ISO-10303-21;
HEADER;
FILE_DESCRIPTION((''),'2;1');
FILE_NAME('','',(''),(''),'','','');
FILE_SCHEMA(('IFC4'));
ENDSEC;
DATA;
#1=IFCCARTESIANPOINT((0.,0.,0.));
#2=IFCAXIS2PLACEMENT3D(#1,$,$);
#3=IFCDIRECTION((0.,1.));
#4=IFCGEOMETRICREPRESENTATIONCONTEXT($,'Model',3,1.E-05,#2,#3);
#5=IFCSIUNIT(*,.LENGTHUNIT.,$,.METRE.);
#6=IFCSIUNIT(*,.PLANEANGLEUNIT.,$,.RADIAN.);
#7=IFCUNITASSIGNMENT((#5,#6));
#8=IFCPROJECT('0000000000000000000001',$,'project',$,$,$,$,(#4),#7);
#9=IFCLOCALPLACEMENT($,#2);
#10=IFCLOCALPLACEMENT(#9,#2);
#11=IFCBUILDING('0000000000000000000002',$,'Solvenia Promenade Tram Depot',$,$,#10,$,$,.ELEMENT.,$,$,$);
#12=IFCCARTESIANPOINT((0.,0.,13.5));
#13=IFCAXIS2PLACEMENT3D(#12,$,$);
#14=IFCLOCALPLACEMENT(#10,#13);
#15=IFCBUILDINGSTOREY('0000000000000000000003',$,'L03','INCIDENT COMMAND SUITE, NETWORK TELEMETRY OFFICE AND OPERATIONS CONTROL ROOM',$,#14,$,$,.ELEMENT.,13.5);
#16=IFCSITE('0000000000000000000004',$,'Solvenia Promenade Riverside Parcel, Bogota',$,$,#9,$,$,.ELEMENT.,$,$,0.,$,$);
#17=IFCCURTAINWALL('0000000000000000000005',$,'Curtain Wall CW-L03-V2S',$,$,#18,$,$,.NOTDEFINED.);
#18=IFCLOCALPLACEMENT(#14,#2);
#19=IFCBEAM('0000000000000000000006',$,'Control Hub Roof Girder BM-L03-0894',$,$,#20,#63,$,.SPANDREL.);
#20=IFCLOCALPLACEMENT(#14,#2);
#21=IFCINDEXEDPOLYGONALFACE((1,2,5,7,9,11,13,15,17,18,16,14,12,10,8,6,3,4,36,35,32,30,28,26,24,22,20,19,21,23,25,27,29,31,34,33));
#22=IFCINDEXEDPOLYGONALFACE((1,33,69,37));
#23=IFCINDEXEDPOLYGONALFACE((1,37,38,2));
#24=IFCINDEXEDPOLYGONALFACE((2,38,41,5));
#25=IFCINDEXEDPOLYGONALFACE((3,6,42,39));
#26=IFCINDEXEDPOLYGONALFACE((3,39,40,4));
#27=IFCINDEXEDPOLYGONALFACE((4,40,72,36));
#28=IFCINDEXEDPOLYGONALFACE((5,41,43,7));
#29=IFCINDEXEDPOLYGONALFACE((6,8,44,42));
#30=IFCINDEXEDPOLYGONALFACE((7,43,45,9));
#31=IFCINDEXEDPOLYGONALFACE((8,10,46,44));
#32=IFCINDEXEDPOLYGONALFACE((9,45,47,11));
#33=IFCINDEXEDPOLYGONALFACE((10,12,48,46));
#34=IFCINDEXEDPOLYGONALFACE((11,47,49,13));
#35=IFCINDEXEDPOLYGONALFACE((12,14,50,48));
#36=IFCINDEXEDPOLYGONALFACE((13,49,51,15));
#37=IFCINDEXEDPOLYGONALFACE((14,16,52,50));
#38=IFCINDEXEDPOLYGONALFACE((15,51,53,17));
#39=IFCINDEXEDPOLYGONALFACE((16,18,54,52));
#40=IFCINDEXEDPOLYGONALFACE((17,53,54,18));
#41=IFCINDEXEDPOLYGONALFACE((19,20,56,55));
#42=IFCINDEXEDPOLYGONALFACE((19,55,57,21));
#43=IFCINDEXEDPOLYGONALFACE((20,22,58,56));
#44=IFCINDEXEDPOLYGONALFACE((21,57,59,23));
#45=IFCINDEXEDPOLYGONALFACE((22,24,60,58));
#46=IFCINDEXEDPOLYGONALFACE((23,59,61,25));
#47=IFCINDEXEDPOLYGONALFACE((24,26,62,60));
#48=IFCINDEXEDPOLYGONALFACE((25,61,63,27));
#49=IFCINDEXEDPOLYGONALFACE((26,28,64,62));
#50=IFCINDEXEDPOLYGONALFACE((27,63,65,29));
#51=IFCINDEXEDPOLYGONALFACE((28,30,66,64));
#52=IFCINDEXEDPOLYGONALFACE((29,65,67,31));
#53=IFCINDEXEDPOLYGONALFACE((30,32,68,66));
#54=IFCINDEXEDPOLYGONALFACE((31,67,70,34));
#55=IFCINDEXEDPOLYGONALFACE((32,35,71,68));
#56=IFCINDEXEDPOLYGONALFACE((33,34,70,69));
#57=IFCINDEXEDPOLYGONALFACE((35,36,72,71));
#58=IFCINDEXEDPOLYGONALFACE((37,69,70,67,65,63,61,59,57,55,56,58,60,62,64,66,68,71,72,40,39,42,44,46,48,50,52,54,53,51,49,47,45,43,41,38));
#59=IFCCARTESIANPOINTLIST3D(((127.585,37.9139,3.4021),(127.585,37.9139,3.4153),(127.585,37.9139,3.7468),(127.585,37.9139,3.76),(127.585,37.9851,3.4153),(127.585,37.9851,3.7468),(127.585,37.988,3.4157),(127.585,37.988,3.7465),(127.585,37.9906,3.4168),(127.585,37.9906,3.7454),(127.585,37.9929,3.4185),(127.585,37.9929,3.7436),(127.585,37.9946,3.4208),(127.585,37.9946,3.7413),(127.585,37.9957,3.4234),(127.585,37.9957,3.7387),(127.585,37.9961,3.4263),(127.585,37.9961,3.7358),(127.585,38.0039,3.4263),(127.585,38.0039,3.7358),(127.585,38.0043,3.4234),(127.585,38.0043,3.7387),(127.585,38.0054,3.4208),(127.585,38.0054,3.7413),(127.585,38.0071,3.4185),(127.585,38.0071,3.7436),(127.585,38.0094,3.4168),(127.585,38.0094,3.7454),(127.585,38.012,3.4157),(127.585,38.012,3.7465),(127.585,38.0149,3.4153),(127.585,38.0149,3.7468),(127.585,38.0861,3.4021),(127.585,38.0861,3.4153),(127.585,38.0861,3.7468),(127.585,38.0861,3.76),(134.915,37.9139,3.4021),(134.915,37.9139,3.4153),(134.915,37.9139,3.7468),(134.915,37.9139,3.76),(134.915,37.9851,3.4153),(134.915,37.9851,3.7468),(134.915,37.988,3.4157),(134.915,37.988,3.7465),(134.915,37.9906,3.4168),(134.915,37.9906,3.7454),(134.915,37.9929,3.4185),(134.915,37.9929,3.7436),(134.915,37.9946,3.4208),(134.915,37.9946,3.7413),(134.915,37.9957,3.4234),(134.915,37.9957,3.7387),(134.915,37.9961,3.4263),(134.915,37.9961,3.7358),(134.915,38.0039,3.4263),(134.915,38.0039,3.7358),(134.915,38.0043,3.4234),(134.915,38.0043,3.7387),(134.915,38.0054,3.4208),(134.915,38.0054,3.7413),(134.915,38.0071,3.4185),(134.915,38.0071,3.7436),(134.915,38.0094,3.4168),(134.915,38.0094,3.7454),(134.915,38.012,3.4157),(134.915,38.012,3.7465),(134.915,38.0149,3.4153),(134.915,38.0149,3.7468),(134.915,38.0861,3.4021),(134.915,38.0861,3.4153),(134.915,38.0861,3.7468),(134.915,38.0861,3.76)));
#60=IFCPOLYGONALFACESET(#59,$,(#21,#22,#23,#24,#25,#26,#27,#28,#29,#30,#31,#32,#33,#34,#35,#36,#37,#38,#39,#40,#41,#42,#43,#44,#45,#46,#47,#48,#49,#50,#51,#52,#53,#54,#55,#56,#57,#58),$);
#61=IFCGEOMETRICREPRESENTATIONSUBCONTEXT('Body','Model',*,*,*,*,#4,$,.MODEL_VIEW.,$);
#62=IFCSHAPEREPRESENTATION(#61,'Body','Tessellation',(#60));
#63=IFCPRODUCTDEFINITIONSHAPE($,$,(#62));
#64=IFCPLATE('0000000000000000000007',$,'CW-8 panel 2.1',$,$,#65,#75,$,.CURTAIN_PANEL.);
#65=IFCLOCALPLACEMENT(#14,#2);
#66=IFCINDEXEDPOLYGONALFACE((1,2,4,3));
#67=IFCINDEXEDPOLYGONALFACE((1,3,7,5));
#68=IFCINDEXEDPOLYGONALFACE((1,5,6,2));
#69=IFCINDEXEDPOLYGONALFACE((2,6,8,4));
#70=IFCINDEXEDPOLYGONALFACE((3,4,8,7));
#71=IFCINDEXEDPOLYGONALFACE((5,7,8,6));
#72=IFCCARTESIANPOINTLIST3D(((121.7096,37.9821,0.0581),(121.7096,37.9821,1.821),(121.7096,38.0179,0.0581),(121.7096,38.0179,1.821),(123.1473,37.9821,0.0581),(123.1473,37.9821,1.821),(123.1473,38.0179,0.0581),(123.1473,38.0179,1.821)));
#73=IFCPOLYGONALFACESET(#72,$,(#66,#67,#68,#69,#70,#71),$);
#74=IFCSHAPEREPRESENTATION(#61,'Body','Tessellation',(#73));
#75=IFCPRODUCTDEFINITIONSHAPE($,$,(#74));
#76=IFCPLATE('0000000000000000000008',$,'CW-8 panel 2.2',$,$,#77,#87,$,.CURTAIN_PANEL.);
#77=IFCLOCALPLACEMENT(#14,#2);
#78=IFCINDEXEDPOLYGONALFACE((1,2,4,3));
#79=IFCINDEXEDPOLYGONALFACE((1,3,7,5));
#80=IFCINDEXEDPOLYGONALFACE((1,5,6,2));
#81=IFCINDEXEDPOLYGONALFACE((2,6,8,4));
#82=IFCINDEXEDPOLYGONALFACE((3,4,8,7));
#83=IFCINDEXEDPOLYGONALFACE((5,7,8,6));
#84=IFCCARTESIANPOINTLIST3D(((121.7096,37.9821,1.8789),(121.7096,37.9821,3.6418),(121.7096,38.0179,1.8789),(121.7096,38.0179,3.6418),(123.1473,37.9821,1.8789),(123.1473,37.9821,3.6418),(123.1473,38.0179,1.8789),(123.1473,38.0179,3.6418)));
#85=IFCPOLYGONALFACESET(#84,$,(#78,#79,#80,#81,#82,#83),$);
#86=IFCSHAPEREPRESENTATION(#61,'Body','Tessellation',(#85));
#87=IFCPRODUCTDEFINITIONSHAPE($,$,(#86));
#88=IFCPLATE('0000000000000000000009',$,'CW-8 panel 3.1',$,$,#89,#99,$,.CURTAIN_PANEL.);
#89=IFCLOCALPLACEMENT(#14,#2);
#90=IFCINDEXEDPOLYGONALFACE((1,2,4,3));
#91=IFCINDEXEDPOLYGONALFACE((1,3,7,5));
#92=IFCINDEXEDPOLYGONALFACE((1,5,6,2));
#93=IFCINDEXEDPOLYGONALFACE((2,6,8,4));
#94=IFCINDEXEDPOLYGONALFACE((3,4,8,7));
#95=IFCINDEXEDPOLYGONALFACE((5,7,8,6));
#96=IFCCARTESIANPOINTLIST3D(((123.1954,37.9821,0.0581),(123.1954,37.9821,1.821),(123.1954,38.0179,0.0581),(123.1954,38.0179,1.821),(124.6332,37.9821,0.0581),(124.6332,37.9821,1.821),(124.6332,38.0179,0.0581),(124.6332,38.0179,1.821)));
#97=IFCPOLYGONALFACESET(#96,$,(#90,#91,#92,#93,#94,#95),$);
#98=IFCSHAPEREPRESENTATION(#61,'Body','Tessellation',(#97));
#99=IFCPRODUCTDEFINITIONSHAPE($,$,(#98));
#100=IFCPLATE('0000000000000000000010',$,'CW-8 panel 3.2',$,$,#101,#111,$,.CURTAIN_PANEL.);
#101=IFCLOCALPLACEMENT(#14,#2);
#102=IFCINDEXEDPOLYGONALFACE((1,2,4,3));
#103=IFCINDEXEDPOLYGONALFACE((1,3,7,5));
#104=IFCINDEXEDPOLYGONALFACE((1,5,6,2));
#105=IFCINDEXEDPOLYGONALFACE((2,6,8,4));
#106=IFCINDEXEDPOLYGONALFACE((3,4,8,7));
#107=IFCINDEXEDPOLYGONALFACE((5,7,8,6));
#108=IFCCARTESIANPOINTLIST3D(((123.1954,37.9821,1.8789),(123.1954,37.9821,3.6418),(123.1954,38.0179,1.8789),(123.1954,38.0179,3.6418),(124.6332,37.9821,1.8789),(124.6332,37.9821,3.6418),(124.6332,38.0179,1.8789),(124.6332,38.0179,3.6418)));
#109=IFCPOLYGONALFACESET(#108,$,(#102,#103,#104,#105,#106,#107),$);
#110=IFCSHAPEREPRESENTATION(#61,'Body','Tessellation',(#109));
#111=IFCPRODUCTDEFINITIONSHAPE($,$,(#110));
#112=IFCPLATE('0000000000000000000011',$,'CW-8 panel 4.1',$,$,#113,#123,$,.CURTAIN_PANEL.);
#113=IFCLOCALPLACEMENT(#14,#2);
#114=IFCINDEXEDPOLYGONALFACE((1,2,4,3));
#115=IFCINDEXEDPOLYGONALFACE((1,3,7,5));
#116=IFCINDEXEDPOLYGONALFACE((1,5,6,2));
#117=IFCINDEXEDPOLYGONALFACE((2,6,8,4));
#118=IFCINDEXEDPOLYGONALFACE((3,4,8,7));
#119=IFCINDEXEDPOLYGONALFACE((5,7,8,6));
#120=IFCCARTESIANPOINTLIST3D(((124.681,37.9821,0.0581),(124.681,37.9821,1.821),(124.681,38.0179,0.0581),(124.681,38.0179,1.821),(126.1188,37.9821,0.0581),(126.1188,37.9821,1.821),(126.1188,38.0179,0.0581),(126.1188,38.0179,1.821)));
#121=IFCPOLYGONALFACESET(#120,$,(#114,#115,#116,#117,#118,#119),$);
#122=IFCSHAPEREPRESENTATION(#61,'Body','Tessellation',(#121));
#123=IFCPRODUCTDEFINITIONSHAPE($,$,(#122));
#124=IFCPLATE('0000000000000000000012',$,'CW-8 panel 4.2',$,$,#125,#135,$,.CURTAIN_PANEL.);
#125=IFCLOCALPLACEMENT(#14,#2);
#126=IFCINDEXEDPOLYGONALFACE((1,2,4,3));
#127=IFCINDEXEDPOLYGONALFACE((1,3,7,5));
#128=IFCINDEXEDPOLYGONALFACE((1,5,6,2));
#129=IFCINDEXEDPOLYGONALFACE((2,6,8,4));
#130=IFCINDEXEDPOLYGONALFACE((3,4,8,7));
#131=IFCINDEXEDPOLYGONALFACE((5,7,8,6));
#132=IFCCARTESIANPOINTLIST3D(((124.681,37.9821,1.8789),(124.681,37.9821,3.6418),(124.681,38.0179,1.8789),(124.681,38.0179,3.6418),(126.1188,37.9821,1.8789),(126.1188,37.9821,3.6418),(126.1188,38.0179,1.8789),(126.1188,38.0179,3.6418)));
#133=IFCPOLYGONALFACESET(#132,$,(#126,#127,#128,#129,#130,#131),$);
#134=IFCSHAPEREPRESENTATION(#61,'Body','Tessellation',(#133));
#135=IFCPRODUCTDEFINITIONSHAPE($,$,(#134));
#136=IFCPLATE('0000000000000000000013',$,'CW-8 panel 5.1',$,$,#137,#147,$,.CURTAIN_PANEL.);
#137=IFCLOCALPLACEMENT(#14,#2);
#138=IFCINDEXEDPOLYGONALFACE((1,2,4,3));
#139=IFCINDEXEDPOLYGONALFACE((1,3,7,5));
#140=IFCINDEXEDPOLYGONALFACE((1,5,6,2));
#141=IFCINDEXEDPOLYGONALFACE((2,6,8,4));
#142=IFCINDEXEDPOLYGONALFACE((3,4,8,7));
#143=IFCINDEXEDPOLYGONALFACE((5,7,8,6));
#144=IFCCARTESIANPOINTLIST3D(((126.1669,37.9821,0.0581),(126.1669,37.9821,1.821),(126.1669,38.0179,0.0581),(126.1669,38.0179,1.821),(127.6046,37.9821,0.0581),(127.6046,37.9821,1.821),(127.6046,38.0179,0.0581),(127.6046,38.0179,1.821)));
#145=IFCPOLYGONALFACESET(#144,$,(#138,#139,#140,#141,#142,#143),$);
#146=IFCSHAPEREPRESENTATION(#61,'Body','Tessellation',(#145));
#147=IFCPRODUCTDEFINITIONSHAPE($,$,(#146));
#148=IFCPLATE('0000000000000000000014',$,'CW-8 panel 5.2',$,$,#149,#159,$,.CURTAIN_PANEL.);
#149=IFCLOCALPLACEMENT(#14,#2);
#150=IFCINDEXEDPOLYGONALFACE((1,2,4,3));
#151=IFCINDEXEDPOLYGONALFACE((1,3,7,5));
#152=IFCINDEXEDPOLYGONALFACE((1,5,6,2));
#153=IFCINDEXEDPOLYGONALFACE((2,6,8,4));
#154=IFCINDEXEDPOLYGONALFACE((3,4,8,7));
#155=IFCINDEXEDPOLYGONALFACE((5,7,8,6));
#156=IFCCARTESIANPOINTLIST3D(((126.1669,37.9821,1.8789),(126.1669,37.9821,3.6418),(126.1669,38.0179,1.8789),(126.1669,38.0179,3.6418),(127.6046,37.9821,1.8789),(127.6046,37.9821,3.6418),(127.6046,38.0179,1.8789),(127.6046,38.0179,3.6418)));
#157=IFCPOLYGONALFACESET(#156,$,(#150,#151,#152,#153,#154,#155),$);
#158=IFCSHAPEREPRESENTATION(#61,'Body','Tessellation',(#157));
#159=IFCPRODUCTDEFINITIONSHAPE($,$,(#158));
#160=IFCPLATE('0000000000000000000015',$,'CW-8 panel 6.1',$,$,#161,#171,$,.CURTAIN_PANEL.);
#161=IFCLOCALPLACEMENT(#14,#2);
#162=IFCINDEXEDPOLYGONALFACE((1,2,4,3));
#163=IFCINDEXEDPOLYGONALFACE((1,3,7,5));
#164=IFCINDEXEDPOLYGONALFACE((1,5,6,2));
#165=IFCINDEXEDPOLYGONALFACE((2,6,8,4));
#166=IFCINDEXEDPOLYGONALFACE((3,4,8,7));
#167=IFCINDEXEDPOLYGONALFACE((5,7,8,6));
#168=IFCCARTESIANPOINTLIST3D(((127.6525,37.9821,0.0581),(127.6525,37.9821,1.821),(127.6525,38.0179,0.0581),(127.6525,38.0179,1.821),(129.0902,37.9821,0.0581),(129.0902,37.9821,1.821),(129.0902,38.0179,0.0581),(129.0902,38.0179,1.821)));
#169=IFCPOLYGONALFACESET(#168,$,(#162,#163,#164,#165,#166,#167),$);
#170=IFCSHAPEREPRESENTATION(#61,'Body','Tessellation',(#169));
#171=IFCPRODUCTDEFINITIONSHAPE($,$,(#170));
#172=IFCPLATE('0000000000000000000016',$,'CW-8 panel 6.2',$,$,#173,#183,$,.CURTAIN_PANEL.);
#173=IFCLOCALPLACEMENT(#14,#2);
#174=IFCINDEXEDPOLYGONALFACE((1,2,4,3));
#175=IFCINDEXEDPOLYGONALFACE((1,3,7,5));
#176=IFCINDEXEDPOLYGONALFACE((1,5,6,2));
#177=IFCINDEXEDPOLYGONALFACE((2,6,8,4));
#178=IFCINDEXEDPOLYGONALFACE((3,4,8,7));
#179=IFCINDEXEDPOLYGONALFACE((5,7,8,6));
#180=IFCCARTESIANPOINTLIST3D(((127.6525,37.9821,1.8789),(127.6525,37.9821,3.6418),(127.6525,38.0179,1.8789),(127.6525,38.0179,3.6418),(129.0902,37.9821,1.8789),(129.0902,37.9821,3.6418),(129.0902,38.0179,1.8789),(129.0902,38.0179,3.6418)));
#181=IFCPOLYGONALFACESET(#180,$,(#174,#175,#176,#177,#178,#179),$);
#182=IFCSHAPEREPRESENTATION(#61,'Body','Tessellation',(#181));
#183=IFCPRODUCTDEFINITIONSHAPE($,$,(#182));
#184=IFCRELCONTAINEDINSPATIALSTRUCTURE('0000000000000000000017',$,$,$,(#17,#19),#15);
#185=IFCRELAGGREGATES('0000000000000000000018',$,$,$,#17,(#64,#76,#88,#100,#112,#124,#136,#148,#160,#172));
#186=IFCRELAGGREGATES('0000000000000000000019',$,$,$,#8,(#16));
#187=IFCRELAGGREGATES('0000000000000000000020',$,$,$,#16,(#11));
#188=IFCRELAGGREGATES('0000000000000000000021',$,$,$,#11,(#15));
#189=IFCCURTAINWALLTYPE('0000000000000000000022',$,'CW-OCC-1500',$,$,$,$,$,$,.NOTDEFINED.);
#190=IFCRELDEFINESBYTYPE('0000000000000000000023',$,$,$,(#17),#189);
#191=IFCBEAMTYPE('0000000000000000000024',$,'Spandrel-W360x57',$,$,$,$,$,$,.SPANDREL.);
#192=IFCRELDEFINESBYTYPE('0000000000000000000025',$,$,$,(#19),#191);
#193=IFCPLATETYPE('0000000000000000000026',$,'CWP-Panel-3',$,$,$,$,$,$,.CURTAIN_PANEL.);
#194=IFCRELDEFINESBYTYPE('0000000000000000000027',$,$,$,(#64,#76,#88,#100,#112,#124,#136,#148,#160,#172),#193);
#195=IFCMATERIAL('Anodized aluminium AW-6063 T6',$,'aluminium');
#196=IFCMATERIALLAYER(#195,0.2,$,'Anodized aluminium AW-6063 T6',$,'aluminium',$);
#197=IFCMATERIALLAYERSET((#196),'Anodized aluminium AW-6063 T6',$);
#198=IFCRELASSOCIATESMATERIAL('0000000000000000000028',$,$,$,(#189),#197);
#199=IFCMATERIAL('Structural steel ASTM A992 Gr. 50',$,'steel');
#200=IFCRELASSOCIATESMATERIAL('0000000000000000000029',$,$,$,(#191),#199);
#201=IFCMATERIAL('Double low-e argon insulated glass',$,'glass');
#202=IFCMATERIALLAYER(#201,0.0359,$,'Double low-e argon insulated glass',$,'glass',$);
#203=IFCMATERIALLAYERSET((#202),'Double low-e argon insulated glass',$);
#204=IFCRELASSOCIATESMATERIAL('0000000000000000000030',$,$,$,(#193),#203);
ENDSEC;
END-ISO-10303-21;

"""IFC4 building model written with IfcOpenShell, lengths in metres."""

from ifc_helpers import new_model, si_unit, direction, frame, origin, origin_2d, place, context, subcontext, project, spatial, rectangle, i_section, extrude, material, layer, layer_set, material_profile, profile_set, type_object, element, aggregate, save


model = new_model("IFC4")

# Units and contexts
model_context = context("Model", 3, precision=1e-05, world=origin(), true_north=direction((0.0, 1.0)))
body_context = subcontext(model_context, "Body", "Model", "MODEL_VIEW")
ifc_project = project(units=[si_unit("LENGTHUNIT", "METRE"), si_unit("PLANEANGLEUNIT", "RADIAN")], contexts=[model_context])

# Site, building, storey
site_placement = place(None, origin())
site = spatial("IfcSite", under=ifc_project, at=site_placement, Name="Solvenia Promenade Riverside Parcel, Bogota", CompositionType="ELEMENT", RefElevation=0.0)
building_placement = place(site_placement, origin())
building = spatial("IfcBuilding", under=site, at=building_placement, Name="Solvenia Promenade Tram Depot", CompositionType="ELEMENT")
storey_placement = place(building_placement, frame((0.0, 0.0, 13.5)))
storey = spatial("IfcBuildingStorey", under=building, at=storey_placement, Name="L03", Description="INCIDENT COMMAND SUITE, NETWORK TELEMETRY OFFICE AND OPERATIONS CONTROL ROOM", CompositionType="ELEMENT", Elevation=13.5)

# Shared definitions
ifc_material_1 = material(Name="Structural steel ASTM A992 Gr. 50", Category="steel")

# Curtain wall
ifc_material_2 = material(Name="Anodized aluminium AW-6063 T6", Category="aluminium")
ifc_layer_1 = layer(ifc_material_2, 0.2, Name="Anodized aluminium AW-6063 T6", Category="aluminium")
ifc_layer_set_1 = layer_set([ifc_layer_1], Name="Anodized aluminium AW-6063 T6")
curtain_wall_type = type_object("IfcCurtainWallType", Name="CW-OCC-1500", PredefinedType="NOTDEFINED", material=ifc_layer_set_1)
curtain_wall_placement = place(storey_placement, origin())
curtain_wall = element("IfcCurtainWall", 1, at=curtain_wall_placement, inside=storey, type_object=curtain_wall_type, Name="Curtain Wall CW-L03-V2S", PredefinedType="NOTDEFINED")

# Beam
ifc_material_profile_1 = material_profile(ifc_material_1, i_section(OverallWidth=0.1721, OverallDepth=0.3579, WebThickness=0.0078, FlangeThickness=0.0132, FilletRadius=0.011, at=origin_2d()), Name="W360x57", Category="steel")
ifc_profile_set_1 = profile_set([ifc_material_profile_1], Name="Structural steel ASTM A992 Gr. 50")
beam_type_1 = type_object("IfcBeamType", Name="Spandrel-W360x57", PredefinedType="SPANDREL", material=ifc_profile_set_1)
for number, where, z_axis, x_axis, name in (
    (2, (127.585, 38.0, 3.5811), (1.0, 0.0, 0.0), (0.0, 1.0, 0.0), "Control Hub Roof Girder BM-L03-0894"),
):
    element("IfcBeam", number, at=place(storey_placement, frame(where, z_axis=z_axis, x_axis=x_axis)), inside=storey, type_object=beam_type_1, Name=name, PredefinedType="SPANDREL", context=body_context, shape_type="SweptSolid", body=[
        extrude(i_section(OverallWidth=0.1721, OverallDepth=0.3579, WebThickness=0.0078, FlangeThickness=0.0132, FilletRadius=0.011, at=origin_2d()), origin(), (0.0, 0.0, 1.0), 7.3301),
    ])

# Plates
ifc_material_3 = material(Name="Double low-e argon insulated glass", Category="glass")
ifc_layer_2 = layer(ifc_material_3, 0.0359, Name="Double low-e argon insulated glass", Category="glass")
ifc_layer_set_2 = layer_set([ifc_layer_2], Name="Double low-e argon insulated glass")
plate_type = type_object("IfcPlateType", Name="CWP-Panel-3", PredefinedType="CURTAIN_PANEL", material=ifc_layer_set_2)
plate_1_placement = place(storey_placement, frame((122.4285, 38.0, 0.0581), z_axis=(0.0, 0.0, 1.0), x_axis=(1.0, 0.0, 0.0)))
plate_1 = element("IfcPlate", 3, at=plate_1_placement, type_object=plate_type, Name="CW-8 panel 2.1", PredefinedType="CURTAIN_PANEL", context=body_context, shape_type="SweptSolid", body=[
    extrude(rectangle(XDim=1.4377, YDim=0.0359, at=origin_2d()), origin(), (0.0, 0.0, 1.0), 1.7629),
])
plate_2_placement = place(storey_placement, frame((122.4285, 38.0, 1.8789), z_axis=(0.0, 0.0, 1.0), x_axis=(1.0, 0.0, 0.0)))
plate_2 = element("IfcPlate", 4, at=plate_2_placement, type_object=plate_type, Name="CW-8 panel 2.2", PredefinedType="CURTAIN_PANEL", context=body_context, shape_type="SweptSolid", body=[
    extrude(rectangle(XDim=1.4377, YDim=0.0359, at=origin_2d()), origin(), (0.0, 0.0, 1.0), 1.7629),
])
plate_3_placement = place(storey_placement, frame((123.9143, 38.0, 0.0581), z_axis=(0.0, 0.0, 1.0), x_axis=(1.0, 0.0, 0.0)))
plate_3 = element("IfcPlate", 5, at=plate_3_placement, type_object=plate_type, Name="CW-8 panel 3.1", PredefinedType="CURTAIN_PANEL", context=body_context, shape_type="SweptSolid", body=[
    extrude(rectangle(XDim=1.4377, YDim=0.0359, at=origin_2d()), origin(), (0.0, 0.0, 1.0), 1.7629),
])
plate_4_placement = place(storey_placement, frame((123.9143, 38.0, 1.8789), z_axis=(0.0, 0.0, 1.0), x_axis=(1.0, 0.0, 0.0)))
plate_4 = element("IfcPlate", 6, at=plate_4_placement, type_object=plate_type, Name="CW-8 panel 3.2", PredefinedType="CURTAIN_PANEL", context=body_context, shape_type="SweptSolid", body=[
    extrude(rectangle(XDim=1.4377, YDim=0.0359, at=origin_2d()), origin(), (0.0, 0.0, 1.0), 1.7629),
])
plate_5_placement = place(storey_placement, frame((125.3999, 38.0, 0.0581), z_axis=(0.0, 0.0, 1.0), x_axis=(1.0, 0.0, 0.0)))
plate_5 = element("IfcPlate", 7, at=plate_5_placement, type_object=plate_type, Name="CW-8 panel 4.1", PredefinedType="CURTAIN_PANEL", context=body_context, shape_type="SweptSolid", body=[
    extrude(rectangle(XDim=1.4377, YDim=0.0359, at=origin_2d()), origin(), (0.0, 0.0, 1.0), 1.7629),
])
plate_6_placement = place(storey_placement, frame((125.3999, 38.0, 1.8789), z_axis=(0.0, 0.0, 1.0), x_axis=(1.0, 0.0, 0.0)))
plate_6 = element("IfcPlate", 8, at=plate_6_placement, type_object=plate_type, Name="CW-8 panel 4.2", PredefinedType="CURTAIN_PANEL", context=body_context, shape_type="SweptSolid", body=[
    extrude(rectangle(XDim=1.4377, YDim=0.0359, at=origin_2d()), origin(), (0.0, 0.0, 1.0), 1.7629),
])
plate_7_placement = place(storey_placement, frame((126.8857, 38.0, 0.0581), z_axis=(0.0, 0.0, 1.0), x_axis=(1.0, 0.0, 0.0)))
plate_7 = element("IfcPlate", 9, at=plate_7_placement, type_object=plate_type, Name="CW-8 panel 5.1", PredefinedType="CURTAIN_PANEL", context=body_context, shape_type="SweptSolid", body=[
    extrude(rectangle(XDim=1.4377, YDim=0.0359, at=origin_2d()), origin(), (0.0, 0.0, 1.0), 1.7629),
])
plate_8_placement = place(storey_placement, frame((126.8857, 38.0, 1.8789), z_axis=(0.0, 0.0, 1.0), x_axis=(1.0, 0.0, 0.0)))
plate_8 = element("IfcPlate", 10, at=plate_8_placement, type_object=plate_type, Name="CW-8 panel 5.2", PredefinedType="CURTAIN_PANEL", context=body_context, shape_type="SweptSolid", body=[
    extrude(rectangle(XDim=1.4377, YDim=0.0359, at=origin_2d()), origin(), (0.0, 0.0, 1.0), 1.7629),
])
plate_9_placement = place(storey_placement, frame((128.3713, 38.0, 0.0581), z_axis=(0.0, 0.0, 1.0), x_axis=(1.0, 0.0, 0.0)))
plate_9 = element("IfcPlate", 11, at=plate_9_placement, type_object=plate_type, Name="CW-8 panel 6.1", PredefinedType="CURTAIN_PANEL", context=body_context, shape_type="SweptSolid", body=[
    extrude(rectangle(XDim=1.4377, YDim=0.0359, at=origin_2d()), origin(), (0.0, 0.0, 1.0), 1.7629),
])
plate_10_placement = place(storey_placement, frame((128.3713, 38.0, 1.8789), z_axis=(0.0, 0.0, 1.0), x_axis=(1.0, 0.0, 0.0)))
plate_10 = element("IfcPlate", 12, at=plate_10_placement, type_object=plate_type, Name="CW-8 panel 6.2", PredefinedType="CURTAIN_PANEL", context=body_context, shape_type="SweptSolid", body=[
    extrude(rectangle(XDim=1.4377, YDim=0.0359, at=origin_2d()), origin(), (0.0, 0.0, 1.0), 1.7629),
])
aggregate(curtain_wall, [plate_1, plate_2, plate_3, plate_4, plate_5, plate_6, plate_7, plate_8, plate_9, plate_10])

save(model, "model.ifc")
